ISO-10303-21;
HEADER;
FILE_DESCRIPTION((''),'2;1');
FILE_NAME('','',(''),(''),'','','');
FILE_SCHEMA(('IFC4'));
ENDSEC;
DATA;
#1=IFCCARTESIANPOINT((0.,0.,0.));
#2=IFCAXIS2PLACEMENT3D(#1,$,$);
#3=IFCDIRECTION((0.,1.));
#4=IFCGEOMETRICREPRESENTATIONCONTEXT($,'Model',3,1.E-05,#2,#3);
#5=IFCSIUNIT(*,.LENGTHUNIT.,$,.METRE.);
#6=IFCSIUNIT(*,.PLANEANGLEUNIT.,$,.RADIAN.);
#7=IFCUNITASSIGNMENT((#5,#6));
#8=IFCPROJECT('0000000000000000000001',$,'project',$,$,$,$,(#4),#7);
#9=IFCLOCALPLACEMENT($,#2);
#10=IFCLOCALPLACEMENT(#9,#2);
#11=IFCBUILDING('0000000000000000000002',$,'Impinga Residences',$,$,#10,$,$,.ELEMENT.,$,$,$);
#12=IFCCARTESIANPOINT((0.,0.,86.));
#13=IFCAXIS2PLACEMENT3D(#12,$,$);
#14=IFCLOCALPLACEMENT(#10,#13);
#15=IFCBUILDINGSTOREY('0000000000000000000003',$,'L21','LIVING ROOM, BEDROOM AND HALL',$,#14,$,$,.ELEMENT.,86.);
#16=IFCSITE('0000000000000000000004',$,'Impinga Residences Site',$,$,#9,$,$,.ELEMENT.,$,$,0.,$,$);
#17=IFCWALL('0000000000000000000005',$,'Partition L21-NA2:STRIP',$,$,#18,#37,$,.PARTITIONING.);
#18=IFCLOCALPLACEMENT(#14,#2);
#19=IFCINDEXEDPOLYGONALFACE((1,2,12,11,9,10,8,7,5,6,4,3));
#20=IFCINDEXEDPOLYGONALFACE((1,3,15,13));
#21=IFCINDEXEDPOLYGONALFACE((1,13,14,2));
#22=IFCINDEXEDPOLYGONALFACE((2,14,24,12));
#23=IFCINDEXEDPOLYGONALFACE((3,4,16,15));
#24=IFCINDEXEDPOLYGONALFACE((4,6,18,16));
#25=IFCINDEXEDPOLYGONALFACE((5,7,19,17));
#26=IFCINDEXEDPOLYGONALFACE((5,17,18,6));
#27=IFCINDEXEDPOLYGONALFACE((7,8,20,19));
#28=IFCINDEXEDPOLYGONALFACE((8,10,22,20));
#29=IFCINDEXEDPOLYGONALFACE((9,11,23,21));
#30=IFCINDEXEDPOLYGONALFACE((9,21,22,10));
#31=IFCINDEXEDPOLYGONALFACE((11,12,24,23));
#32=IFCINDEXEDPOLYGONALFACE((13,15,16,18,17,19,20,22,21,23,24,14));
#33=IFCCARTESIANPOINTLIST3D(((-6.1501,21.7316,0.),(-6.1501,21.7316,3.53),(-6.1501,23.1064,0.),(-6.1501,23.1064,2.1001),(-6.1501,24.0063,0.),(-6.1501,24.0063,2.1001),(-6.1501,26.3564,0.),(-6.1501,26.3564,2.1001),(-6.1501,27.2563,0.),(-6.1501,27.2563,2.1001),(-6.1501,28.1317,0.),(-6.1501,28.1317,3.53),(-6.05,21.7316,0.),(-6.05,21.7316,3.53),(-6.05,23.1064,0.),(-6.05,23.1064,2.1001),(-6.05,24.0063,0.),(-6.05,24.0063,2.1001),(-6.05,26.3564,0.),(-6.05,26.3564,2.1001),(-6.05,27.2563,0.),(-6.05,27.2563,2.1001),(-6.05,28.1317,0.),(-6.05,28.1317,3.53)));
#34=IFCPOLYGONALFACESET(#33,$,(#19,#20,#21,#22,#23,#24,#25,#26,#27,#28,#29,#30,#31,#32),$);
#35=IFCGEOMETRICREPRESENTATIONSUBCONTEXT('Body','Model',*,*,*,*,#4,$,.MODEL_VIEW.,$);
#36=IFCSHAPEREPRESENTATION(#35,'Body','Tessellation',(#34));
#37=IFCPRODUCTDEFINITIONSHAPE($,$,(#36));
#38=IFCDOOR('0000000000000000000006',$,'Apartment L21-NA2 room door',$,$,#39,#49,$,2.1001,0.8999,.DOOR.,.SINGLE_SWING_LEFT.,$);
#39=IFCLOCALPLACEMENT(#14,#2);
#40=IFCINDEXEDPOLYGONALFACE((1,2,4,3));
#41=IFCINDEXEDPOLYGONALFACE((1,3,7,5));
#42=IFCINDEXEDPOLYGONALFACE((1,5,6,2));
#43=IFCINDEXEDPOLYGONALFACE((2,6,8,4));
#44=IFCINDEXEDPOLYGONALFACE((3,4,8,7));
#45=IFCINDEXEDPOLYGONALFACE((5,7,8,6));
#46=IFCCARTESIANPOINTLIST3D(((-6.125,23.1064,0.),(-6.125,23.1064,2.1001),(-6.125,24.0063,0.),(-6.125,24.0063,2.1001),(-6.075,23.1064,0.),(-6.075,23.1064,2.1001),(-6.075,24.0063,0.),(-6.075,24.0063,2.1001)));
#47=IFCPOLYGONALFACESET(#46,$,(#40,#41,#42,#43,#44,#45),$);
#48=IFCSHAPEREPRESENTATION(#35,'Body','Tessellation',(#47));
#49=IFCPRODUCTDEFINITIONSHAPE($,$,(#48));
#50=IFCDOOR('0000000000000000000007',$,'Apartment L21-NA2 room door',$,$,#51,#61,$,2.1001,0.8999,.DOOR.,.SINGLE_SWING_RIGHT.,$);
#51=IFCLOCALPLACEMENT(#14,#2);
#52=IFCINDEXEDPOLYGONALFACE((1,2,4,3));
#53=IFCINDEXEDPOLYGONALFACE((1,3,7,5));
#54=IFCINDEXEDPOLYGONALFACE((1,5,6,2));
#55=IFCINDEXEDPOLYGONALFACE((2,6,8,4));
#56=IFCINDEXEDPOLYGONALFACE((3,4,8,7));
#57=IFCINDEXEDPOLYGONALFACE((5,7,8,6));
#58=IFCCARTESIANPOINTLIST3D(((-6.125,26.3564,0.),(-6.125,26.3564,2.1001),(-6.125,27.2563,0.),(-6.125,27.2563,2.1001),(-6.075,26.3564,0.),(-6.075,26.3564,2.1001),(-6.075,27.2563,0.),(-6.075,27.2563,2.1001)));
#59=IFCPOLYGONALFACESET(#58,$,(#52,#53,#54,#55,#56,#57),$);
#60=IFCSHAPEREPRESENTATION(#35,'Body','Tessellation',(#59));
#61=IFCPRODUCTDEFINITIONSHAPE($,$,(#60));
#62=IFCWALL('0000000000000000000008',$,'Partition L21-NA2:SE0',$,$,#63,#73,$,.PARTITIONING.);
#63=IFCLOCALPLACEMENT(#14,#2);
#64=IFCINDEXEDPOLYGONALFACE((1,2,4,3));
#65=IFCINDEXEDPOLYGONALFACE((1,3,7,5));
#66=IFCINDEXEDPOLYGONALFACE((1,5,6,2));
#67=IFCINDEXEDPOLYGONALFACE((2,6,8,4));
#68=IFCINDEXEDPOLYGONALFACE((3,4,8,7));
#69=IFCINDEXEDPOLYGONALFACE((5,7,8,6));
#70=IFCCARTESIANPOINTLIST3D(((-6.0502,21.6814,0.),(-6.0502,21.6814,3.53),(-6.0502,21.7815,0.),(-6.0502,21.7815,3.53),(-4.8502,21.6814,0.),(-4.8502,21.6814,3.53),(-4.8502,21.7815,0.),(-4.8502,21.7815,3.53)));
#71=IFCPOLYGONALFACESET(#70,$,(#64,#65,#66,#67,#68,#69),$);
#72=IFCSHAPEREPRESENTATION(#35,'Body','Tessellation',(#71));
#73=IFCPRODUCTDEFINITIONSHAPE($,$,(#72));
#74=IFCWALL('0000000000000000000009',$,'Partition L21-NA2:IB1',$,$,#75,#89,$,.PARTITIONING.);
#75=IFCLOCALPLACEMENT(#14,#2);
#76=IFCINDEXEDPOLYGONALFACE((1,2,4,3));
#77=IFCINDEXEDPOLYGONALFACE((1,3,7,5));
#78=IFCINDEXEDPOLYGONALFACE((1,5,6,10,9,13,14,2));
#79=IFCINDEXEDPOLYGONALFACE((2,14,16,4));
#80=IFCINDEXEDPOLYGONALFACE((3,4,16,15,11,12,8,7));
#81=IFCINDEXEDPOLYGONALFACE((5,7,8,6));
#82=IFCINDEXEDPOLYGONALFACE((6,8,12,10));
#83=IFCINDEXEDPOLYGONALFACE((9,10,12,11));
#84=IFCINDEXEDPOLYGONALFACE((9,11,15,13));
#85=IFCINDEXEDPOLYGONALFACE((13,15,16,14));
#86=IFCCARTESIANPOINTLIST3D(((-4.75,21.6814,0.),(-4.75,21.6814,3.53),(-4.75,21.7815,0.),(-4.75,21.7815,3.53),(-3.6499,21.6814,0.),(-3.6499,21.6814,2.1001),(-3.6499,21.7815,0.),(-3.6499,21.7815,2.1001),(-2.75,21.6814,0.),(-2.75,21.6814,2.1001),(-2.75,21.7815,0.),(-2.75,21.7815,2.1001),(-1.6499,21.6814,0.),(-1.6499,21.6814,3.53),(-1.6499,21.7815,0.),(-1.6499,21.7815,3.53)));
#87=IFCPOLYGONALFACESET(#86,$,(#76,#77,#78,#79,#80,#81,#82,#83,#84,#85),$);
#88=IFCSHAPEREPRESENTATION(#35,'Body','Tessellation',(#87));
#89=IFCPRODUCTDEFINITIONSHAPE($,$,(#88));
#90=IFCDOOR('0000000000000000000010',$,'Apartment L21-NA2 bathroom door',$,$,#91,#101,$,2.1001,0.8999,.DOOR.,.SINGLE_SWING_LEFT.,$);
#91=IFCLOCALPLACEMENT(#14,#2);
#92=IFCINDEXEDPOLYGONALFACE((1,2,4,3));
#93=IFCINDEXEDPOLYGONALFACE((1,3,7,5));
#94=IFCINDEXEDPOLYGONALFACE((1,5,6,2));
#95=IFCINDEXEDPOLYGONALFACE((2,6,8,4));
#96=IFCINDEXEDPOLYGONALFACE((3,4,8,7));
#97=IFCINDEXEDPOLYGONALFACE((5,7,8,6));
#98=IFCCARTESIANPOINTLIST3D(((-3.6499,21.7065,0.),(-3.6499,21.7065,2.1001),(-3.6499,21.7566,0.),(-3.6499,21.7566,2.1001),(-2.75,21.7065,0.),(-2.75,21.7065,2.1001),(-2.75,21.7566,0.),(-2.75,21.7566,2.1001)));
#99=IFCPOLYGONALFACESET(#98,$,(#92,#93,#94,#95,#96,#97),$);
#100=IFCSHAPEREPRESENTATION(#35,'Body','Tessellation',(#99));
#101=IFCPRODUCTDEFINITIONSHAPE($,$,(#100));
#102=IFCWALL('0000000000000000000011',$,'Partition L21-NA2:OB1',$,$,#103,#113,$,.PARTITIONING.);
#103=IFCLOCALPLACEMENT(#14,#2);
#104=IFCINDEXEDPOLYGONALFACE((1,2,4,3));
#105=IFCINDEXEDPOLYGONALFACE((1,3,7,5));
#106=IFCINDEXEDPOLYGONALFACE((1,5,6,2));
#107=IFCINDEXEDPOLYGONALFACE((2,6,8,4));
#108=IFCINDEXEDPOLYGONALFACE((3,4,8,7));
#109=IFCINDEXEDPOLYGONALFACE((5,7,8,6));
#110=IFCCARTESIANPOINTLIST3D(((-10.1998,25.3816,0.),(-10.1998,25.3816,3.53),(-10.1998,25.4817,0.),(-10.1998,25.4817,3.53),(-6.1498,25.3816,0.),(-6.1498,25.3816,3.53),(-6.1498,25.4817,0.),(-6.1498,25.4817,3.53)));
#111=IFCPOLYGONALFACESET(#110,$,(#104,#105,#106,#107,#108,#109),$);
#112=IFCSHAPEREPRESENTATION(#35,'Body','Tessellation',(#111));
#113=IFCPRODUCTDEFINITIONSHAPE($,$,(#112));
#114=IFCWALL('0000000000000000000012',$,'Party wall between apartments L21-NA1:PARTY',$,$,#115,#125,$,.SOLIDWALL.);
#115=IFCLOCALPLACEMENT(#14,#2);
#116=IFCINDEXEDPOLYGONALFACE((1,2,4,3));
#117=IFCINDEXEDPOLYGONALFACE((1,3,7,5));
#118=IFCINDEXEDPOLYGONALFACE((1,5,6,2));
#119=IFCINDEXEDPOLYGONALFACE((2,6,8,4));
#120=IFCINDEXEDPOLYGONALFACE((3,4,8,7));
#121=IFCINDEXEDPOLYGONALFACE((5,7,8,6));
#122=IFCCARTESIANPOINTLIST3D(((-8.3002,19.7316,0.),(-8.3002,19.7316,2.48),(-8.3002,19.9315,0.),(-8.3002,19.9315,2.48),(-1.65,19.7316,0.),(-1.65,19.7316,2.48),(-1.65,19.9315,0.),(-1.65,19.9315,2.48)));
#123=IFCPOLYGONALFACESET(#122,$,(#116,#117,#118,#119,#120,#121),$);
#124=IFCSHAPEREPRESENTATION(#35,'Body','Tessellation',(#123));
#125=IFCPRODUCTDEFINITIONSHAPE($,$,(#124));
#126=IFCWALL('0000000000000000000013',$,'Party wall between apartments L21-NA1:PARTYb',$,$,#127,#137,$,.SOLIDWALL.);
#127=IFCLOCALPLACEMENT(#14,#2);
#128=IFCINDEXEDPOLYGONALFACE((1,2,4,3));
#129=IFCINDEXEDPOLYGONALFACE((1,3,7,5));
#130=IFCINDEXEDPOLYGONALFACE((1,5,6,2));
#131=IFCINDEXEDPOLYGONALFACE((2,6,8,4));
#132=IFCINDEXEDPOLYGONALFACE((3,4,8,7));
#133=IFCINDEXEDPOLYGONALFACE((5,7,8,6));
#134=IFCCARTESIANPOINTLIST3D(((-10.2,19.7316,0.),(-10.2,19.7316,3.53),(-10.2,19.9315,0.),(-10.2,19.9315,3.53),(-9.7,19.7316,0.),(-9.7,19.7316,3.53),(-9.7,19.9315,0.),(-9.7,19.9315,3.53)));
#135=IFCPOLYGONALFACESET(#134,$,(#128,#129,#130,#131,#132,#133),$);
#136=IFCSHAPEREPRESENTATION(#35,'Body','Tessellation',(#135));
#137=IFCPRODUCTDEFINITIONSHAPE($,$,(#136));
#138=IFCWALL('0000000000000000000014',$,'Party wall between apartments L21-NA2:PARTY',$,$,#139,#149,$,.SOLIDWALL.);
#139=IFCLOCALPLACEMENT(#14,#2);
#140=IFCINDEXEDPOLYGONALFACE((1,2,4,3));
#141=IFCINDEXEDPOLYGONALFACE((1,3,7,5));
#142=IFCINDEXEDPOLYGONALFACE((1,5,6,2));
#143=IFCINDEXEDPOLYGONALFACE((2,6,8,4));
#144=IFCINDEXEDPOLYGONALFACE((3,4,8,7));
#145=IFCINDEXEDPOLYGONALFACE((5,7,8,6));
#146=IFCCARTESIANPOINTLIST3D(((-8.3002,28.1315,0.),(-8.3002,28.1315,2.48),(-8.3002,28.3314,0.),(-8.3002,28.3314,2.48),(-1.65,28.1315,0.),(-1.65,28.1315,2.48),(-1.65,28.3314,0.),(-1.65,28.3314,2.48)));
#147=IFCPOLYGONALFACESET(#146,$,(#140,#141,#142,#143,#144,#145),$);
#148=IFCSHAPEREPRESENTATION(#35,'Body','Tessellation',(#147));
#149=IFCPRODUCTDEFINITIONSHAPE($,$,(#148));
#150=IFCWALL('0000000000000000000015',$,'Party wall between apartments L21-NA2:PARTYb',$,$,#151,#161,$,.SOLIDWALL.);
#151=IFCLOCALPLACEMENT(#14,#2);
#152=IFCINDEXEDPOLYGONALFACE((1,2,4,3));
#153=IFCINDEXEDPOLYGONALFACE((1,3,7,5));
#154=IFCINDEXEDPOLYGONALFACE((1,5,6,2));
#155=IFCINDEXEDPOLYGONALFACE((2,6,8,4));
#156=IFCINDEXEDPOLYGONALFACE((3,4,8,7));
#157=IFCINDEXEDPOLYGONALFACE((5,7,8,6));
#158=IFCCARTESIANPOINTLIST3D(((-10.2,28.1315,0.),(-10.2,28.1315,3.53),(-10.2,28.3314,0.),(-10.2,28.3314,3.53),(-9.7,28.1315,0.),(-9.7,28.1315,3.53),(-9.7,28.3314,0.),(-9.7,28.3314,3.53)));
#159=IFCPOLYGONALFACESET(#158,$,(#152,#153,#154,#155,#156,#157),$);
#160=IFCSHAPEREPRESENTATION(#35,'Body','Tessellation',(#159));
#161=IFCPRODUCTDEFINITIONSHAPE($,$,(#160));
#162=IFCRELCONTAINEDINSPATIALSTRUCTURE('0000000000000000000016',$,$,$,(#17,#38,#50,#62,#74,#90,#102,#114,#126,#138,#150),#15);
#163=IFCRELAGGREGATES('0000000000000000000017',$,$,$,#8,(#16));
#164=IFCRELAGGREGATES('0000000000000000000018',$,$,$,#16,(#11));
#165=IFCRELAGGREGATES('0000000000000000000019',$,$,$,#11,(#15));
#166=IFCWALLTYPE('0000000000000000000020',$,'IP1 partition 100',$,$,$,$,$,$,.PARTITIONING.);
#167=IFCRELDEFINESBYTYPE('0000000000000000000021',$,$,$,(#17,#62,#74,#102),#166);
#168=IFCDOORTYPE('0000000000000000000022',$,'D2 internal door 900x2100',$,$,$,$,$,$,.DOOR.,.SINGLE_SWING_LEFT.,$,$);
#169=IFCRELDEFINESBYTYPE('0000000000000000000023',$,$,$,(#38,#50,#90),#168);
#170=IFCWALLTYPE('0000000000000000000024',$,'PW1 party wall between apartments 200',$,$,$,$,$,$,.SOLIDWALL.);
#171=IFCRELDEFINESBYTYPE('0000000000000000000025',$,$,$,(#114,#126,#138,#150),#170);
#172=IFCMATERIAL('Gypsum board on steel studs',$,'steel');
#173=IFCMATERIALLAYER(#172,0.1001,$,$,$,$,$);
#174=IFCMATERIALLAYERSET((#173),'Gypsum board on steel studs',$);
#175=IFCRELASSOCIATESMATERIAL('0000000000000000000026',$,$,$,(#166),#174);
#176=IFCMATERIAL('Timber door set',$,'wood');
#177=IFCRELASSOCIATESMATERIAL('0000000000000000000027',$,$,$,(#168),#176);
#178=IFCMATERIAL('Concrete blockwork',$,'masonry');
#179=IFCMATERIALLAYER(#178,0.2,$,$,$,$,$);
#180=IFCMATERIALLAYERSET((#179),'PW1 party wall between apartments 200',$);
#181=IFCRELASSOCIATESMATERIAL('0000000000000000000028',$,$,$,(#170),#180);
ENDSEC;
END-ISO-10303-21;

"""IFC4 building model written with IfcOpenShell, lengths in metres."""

from ifc_helpers import new_model, si_unit, direction, frame, frame_2d, origin, place, context, subcontext, project, spatial, rectangle, extrude, material, layer, layer_set, type_object, element, fill, save


model = new_model("IFC4")

# Units and contexts
model_context = context("Model", 3, precision=1e-05, world=origin(), true_north=direction((0.0, 1.0)))
body_context = subcontext(model_context, "Body", "Model", "MODEL_VIEW")
ifc_project = project(units=[si_unit("LENGTHUNIT", "METRE"), si_unit("PLANEANGLEUNIT", "RADIAN")], contexts=[model_context])

# Site, building, storey
site_placement = place(None, origin())
site = spatial("IfcSite", under=ifc_project, at=site_placement, Name="Impinga Residences Site", CompositionType="ELEMENT", RefElevation=0.0)
building_placement = place(site_placement, origin())
building = spatial("IfcBuilding", under=site, at=building_placement, Name="Impinga Residences", CompositionType="ELEMENT")
storey_placement = place(building_placement, frame((0.0, 0.0, 86.0)))
storey = spatial("IfcBuildingStorey", under=building, at=storey_placement, Name="L21", Description="LIVING ROOM, BEDROOM AND HALL", CompositionType="ELEMENT", Elevation=86.0)

# Shared definitions
ifc_material_1 = material(Name="Gypsum board on steel studs", Category="steel")
ifc_layer_1 = layer(ifc_material_1, 0.1001)
ifc_layer_set_1 = layer_set([ifc_layer_1], Name="Gypsum board on steel studs")
wall_type_1 = type_object("IfcWallType", Name="IP1 partition 100", PredefinedType="PARTITIONING", material=ifc_layer_set_1)

# Shared definitions
ifc_material_2 = material(Name="Timber door set", Category="wood")
door_type = type_object("IfcDoorType", Name="D2 internal door 900x2100", OperationType="SINGLE_SWING_LEFT", PredefinedType="DOOR", material=ifc_material_2)

# Wall, openings, doors
wall_1_placement = place(storey_placement, frame((-6.1001, 21.7314, 0.0), z_axis=(0.0, 0.0, 1.0), x_axis=(0.0, 1.0, 0.0)))
wall_1 = element("IfcWall", 1, at=wall_1_placement, inside=storey, type_object=wall_type_1, Name="Partition L21-NA2:STRIP", PredefinedType="PARTITIONING", context=body_context, shape_type="SweptSolid", body=[
    extrude(rectangle(XDim=6.4001, YDim=0.1001, at=frame_2d((3.2002, 0.0))), origin(), (0.0, 0.0, 1.0), 3.53),
])
opening_1_placement = place(wall_1_placement, frame((1.375, 0.0, 0.0)))
opening_1 = element("IfcOpeningElement", 2, at=opening_1_placement, cuts=wall_1, PredefinedType="OPENING", context=body_context, shape_type="SweptSolid", body=[
    extrude(rectangle(XDim=0.8999, YDim=2.1001, at=frame_2d((0.45, 1.05))), frame((0.0, 0.0601, 0.0), z_axis=(0.0, -1.0, 0.0), x_axis=(1.0, 0.0, 0.0)), (0.0, 0.0, 1.0), 0.1201),
])
opening_2_placement = place(wall_1_placement, frame((4.625, 0.0, 0.0)))
opening_2 = element("IfcOpeningElement", 3, at=opening_2_placement, cuts=wall_1, PredefinedType="OPENING", context=body_context, shape_type="SweptSolid", body=[
    extrude(rectangle(XDim=0.8999, YDim=2.1001, at=frame_2d((0.45, 1.05))), frame((0.0, 0.0601, 0.0), z_axis=(0.0, -1.0, 0.0), x_axis=(1.0, 0.0, 0.0)), (0.0, 0.0, 1.0), 0.1201),
])
door_1_placement = place(opening_1_placement, origin())
door_1 = element("IfcDoor", 4, at=door_1_placement, inside=storey, type_object=door_type, Name="Apartment L21-NA2 room door", OperationType="SINGLE_SWING_LEFT", OverallHeight=2.1001, OverallWidth=0.8999, PredefinedType="DOOR", context=body_context, shape_type="SweptSolid", body=[
    extrude(rectangle(XDim=0.8999, YDim=2.1001, at=frame_2d((0.45, 1.05))), frame((0.0, 0.0249, 0.0), z_axis=(0.0, -1.0, 0.0), x_axis=(1.0, 0.0, 0.0)), (0.0, 0.0, 1.0), 0.05),
])
fill(opening_1, door_1)
door_2_placement = place(opening_2_placement, origin())
door_2 = element("IfcDoor", 5, at=door_2_placement, inside=storey, type_object=door_type, Name="Apartment L21-NA2 room door", OperationType="SINGLE_SWING_RIGHT", OverallHeight=2.1001, OverallWidth=0.8999, PredefinedType="DOOR", context=body_context, shape_type="SweptSolid", body=[
    extrude(rectangle(XDim=0.8999, YDim=2.1001, at=frame_2d((0.45, 1.05))), frame((0.0, 0.0249, 0.0), z_axis=(0.0, -1.0, 0.0), x_axis=(1.0, 0.0, 0.0)), (0.0, 0.0, 1.0), 0.05),
])
fill(opening_2, door_2)

# Wall
wall_2_placement = place(storey_placement, frame((-4.8501, 21.7314, 0.0), z_axis=(0.0, 0.0, 1.0), x_axis=(-1.0, 0.0, 0.0)))
element("IfcWall", 6, at=wall_2_placement, inside=storey, type_object=wall_type_1, Name="Partition L21-NA2:SE0", PredefinedType="PARTITIONING", context=body_context, shape_type="SweptSolid", body=[
    extrude(rectangle(XDim=1.2, YDim=0.1001, at=frame_2d((0.6001, 0.0))), origin(), (0.0, 0.0, 1.0), 3.53),
])

# Wall, opening, door
wall_3_placement = place(storey_placement, frame((-1.6499, 21.7314, 0.0), z_axis=(0.0, 0.0, 1.0), x_axis=(-1.0, 0.0, 0.0)))
wall_3 = element("IfcWall", 7, at=wall_3_placement, inside=storey, type_object=wall_type_1, Name="Partition L21-NA2:IB1", PredefinedType="PARTITIONING", context=body_context, shape_type="SweptSolid", body=[
    extrude(rectangle(XDim=3.1001, YDim=0.1001, at=frame_2d((1.55, 0.0))), origin(), (0.0, 0.0, 1.0), 3.53),
])
opening_3_placement = place(wall_3_placement, frame((1.1001, 0.0, 0.0)))
opening_3 = element("IfcOpeningElement", 8, at=opening_3_placement, cuts=wall_3, PredefinedType="OPENING", context=body_context, shape_type="SweptSolid", body=[
    extrude(rectangle(XDim=0.8999, YDim=2.1001, at=frame_2d((0.45, 1.05))), frame((0.0, 0.0601, 0.0), z_axis=(0.0, -1.0, 0.0), x_axis=(1.0, 0.0, 0.0)), (0.0, 0.0, 1.0), 0.1201),
])
door_3_placement = place(opening_3_placement, origin())
door_3 = element("IfcDoor", 9, at=door_3_placement, inside=storey, type_object=door_type, Name="Apartment L21-NA2 bathroom door", OperationType="SINGLE_SWING_LEFT", OverallHeight=2.1001, OverallWidth=0.8999, PredefinedType="DOOR", context=body_context, shape_type="SweptSolid", body=[
    extrude(rectangle(XDim=0.8999, YDim=2.1001, at=frame_2d((0.45, 1.05))), frame((0.0, 0.0249, 0.0), z_axis=(0.0, -1.0, 0.0), x_axis=(1.0, 0.0, 0.0)), (0.0, 0.0, 1.0), 0.05),
])
fill(opening_3, door_3)

# Walls
wall_4_placement = place(storey_placement, frame((-6.1499, 25.4316, 0.0), z_axis=(0.0, 0.0, 1.0), x_axis=(-1.0, 0.0, 0.0)))
element("IfcWall", 10, at=wall_4_placement, inside=storey, type_object=wall_type_1, Name="Partition L21-NA2:OB1", PredefinedType="PARTITIONING", context=body_context, shape_type="SweptSolid", body=[
    extrude(rectangle(XDim=4.05, YDim=0.1001, at=frame_2d((2.0249, 0.0))), origin(), (0.0, 0.0, 1.0), 3.53),
])
ifc_material_3 = material(Name="Concrete blockwork", Category="masonry")
ifc_layer_2 = layer(ifc_material_3, 0.2)
ifc_layer_set_2 = layer_set([ifc_layer_2], Name="PW1 party wall between apartments 200")
wall_type_2 = type_object("IfcWallType", Name="PW1 party wall between apartments 200", PredefinedType="SOLIDWALL", material=ifc_layer_set_2)
wall_5_placement = place(storey_placement, frame((-1.6499, 19.8315, 0.0), z_axis=(0.0, 0.0, 1.0), x_axis=(-1.0, 0.0, 0.0)))
element("IfcWall", 11, at=wall_5_placement, inside=storey, type_object=wall_type_2, Name="Party wall between apartments L21-NA1:PARTY", PredefinedType="SOLIDWALL", context=body_context, shape_type="SweptSolid", body=[
    extrude(rectangle(XDim=6.6501, YDim=0.2, at=frame_2d((3.3252, 0.0))), origin(), (0.0, 0.0, 1.0), 2.48),
])
wall_6_placement = place(storey_placement, frame((-9.7, 19.8315, 0.0), z_axis=(0.0, 0.0, 1.0), x_axis=(-1.0, 0.0, 0.0)))
element("IfcWall", 12, at=wall_6_placement, inside=storey, type_object=wall_type_2, Name="Party wall between apartments L21-NA1:PARTYb", PredefinedType="SOLIDWALL", context=body_context, shape_type="SweptSolid", body=[
    extrude(rectangle(XDim=0.5, YDim=0.2, at=frame_2d((0.25, 0.0))), origin(), (0.0, 0.0, 1.0), 3.53),
])
wall_7_placement = place(storey_placement, frame((-1.6499, 28.2314, 0.0), z_axis=(0.0, 0.0, 1.0), x_axis=(-1.0, 0.0, 0.0)))
element("IfcWall", 13, at=wall_7_placement, inside=storey, type_object=wall_type_2, Name="Party wall between apartments L21-NA2:PARTY", PredefinedType="SOLIDWALL", context=body_context, shape_type="SweptSolid", body=[
    extrude(rectangle(XDim=6.6501, YDim=0.2, at=frame_2d((3.3252, 0.0))), origin(), (0.0, 0.0, 1.0), 2.48),
])
wall_8_placement = place(storey_placement, frame((-9.7, 28.2314, 0.0), z_axis=(0.0, 0.0, 1.0), x_axis=(-1.0, 0.0, 0.0)))
element("IfcWall", 14, at=wall_8_placement, inside=storey, type_object=wall_type_2, Name="Party wall between apartments L21-NA2:PARTYb", PredefinedType="SOLIDWALL", context=body_context, shape_type="SweptSolid", body=[
    extrude(rectangle(XDim=0.5, YDim=0.2, at=frame_2d((0.25, 0.0))), origin(), (0.0, 0.0, 1.0), 3.53),
])

save(model, "model.ifc")
